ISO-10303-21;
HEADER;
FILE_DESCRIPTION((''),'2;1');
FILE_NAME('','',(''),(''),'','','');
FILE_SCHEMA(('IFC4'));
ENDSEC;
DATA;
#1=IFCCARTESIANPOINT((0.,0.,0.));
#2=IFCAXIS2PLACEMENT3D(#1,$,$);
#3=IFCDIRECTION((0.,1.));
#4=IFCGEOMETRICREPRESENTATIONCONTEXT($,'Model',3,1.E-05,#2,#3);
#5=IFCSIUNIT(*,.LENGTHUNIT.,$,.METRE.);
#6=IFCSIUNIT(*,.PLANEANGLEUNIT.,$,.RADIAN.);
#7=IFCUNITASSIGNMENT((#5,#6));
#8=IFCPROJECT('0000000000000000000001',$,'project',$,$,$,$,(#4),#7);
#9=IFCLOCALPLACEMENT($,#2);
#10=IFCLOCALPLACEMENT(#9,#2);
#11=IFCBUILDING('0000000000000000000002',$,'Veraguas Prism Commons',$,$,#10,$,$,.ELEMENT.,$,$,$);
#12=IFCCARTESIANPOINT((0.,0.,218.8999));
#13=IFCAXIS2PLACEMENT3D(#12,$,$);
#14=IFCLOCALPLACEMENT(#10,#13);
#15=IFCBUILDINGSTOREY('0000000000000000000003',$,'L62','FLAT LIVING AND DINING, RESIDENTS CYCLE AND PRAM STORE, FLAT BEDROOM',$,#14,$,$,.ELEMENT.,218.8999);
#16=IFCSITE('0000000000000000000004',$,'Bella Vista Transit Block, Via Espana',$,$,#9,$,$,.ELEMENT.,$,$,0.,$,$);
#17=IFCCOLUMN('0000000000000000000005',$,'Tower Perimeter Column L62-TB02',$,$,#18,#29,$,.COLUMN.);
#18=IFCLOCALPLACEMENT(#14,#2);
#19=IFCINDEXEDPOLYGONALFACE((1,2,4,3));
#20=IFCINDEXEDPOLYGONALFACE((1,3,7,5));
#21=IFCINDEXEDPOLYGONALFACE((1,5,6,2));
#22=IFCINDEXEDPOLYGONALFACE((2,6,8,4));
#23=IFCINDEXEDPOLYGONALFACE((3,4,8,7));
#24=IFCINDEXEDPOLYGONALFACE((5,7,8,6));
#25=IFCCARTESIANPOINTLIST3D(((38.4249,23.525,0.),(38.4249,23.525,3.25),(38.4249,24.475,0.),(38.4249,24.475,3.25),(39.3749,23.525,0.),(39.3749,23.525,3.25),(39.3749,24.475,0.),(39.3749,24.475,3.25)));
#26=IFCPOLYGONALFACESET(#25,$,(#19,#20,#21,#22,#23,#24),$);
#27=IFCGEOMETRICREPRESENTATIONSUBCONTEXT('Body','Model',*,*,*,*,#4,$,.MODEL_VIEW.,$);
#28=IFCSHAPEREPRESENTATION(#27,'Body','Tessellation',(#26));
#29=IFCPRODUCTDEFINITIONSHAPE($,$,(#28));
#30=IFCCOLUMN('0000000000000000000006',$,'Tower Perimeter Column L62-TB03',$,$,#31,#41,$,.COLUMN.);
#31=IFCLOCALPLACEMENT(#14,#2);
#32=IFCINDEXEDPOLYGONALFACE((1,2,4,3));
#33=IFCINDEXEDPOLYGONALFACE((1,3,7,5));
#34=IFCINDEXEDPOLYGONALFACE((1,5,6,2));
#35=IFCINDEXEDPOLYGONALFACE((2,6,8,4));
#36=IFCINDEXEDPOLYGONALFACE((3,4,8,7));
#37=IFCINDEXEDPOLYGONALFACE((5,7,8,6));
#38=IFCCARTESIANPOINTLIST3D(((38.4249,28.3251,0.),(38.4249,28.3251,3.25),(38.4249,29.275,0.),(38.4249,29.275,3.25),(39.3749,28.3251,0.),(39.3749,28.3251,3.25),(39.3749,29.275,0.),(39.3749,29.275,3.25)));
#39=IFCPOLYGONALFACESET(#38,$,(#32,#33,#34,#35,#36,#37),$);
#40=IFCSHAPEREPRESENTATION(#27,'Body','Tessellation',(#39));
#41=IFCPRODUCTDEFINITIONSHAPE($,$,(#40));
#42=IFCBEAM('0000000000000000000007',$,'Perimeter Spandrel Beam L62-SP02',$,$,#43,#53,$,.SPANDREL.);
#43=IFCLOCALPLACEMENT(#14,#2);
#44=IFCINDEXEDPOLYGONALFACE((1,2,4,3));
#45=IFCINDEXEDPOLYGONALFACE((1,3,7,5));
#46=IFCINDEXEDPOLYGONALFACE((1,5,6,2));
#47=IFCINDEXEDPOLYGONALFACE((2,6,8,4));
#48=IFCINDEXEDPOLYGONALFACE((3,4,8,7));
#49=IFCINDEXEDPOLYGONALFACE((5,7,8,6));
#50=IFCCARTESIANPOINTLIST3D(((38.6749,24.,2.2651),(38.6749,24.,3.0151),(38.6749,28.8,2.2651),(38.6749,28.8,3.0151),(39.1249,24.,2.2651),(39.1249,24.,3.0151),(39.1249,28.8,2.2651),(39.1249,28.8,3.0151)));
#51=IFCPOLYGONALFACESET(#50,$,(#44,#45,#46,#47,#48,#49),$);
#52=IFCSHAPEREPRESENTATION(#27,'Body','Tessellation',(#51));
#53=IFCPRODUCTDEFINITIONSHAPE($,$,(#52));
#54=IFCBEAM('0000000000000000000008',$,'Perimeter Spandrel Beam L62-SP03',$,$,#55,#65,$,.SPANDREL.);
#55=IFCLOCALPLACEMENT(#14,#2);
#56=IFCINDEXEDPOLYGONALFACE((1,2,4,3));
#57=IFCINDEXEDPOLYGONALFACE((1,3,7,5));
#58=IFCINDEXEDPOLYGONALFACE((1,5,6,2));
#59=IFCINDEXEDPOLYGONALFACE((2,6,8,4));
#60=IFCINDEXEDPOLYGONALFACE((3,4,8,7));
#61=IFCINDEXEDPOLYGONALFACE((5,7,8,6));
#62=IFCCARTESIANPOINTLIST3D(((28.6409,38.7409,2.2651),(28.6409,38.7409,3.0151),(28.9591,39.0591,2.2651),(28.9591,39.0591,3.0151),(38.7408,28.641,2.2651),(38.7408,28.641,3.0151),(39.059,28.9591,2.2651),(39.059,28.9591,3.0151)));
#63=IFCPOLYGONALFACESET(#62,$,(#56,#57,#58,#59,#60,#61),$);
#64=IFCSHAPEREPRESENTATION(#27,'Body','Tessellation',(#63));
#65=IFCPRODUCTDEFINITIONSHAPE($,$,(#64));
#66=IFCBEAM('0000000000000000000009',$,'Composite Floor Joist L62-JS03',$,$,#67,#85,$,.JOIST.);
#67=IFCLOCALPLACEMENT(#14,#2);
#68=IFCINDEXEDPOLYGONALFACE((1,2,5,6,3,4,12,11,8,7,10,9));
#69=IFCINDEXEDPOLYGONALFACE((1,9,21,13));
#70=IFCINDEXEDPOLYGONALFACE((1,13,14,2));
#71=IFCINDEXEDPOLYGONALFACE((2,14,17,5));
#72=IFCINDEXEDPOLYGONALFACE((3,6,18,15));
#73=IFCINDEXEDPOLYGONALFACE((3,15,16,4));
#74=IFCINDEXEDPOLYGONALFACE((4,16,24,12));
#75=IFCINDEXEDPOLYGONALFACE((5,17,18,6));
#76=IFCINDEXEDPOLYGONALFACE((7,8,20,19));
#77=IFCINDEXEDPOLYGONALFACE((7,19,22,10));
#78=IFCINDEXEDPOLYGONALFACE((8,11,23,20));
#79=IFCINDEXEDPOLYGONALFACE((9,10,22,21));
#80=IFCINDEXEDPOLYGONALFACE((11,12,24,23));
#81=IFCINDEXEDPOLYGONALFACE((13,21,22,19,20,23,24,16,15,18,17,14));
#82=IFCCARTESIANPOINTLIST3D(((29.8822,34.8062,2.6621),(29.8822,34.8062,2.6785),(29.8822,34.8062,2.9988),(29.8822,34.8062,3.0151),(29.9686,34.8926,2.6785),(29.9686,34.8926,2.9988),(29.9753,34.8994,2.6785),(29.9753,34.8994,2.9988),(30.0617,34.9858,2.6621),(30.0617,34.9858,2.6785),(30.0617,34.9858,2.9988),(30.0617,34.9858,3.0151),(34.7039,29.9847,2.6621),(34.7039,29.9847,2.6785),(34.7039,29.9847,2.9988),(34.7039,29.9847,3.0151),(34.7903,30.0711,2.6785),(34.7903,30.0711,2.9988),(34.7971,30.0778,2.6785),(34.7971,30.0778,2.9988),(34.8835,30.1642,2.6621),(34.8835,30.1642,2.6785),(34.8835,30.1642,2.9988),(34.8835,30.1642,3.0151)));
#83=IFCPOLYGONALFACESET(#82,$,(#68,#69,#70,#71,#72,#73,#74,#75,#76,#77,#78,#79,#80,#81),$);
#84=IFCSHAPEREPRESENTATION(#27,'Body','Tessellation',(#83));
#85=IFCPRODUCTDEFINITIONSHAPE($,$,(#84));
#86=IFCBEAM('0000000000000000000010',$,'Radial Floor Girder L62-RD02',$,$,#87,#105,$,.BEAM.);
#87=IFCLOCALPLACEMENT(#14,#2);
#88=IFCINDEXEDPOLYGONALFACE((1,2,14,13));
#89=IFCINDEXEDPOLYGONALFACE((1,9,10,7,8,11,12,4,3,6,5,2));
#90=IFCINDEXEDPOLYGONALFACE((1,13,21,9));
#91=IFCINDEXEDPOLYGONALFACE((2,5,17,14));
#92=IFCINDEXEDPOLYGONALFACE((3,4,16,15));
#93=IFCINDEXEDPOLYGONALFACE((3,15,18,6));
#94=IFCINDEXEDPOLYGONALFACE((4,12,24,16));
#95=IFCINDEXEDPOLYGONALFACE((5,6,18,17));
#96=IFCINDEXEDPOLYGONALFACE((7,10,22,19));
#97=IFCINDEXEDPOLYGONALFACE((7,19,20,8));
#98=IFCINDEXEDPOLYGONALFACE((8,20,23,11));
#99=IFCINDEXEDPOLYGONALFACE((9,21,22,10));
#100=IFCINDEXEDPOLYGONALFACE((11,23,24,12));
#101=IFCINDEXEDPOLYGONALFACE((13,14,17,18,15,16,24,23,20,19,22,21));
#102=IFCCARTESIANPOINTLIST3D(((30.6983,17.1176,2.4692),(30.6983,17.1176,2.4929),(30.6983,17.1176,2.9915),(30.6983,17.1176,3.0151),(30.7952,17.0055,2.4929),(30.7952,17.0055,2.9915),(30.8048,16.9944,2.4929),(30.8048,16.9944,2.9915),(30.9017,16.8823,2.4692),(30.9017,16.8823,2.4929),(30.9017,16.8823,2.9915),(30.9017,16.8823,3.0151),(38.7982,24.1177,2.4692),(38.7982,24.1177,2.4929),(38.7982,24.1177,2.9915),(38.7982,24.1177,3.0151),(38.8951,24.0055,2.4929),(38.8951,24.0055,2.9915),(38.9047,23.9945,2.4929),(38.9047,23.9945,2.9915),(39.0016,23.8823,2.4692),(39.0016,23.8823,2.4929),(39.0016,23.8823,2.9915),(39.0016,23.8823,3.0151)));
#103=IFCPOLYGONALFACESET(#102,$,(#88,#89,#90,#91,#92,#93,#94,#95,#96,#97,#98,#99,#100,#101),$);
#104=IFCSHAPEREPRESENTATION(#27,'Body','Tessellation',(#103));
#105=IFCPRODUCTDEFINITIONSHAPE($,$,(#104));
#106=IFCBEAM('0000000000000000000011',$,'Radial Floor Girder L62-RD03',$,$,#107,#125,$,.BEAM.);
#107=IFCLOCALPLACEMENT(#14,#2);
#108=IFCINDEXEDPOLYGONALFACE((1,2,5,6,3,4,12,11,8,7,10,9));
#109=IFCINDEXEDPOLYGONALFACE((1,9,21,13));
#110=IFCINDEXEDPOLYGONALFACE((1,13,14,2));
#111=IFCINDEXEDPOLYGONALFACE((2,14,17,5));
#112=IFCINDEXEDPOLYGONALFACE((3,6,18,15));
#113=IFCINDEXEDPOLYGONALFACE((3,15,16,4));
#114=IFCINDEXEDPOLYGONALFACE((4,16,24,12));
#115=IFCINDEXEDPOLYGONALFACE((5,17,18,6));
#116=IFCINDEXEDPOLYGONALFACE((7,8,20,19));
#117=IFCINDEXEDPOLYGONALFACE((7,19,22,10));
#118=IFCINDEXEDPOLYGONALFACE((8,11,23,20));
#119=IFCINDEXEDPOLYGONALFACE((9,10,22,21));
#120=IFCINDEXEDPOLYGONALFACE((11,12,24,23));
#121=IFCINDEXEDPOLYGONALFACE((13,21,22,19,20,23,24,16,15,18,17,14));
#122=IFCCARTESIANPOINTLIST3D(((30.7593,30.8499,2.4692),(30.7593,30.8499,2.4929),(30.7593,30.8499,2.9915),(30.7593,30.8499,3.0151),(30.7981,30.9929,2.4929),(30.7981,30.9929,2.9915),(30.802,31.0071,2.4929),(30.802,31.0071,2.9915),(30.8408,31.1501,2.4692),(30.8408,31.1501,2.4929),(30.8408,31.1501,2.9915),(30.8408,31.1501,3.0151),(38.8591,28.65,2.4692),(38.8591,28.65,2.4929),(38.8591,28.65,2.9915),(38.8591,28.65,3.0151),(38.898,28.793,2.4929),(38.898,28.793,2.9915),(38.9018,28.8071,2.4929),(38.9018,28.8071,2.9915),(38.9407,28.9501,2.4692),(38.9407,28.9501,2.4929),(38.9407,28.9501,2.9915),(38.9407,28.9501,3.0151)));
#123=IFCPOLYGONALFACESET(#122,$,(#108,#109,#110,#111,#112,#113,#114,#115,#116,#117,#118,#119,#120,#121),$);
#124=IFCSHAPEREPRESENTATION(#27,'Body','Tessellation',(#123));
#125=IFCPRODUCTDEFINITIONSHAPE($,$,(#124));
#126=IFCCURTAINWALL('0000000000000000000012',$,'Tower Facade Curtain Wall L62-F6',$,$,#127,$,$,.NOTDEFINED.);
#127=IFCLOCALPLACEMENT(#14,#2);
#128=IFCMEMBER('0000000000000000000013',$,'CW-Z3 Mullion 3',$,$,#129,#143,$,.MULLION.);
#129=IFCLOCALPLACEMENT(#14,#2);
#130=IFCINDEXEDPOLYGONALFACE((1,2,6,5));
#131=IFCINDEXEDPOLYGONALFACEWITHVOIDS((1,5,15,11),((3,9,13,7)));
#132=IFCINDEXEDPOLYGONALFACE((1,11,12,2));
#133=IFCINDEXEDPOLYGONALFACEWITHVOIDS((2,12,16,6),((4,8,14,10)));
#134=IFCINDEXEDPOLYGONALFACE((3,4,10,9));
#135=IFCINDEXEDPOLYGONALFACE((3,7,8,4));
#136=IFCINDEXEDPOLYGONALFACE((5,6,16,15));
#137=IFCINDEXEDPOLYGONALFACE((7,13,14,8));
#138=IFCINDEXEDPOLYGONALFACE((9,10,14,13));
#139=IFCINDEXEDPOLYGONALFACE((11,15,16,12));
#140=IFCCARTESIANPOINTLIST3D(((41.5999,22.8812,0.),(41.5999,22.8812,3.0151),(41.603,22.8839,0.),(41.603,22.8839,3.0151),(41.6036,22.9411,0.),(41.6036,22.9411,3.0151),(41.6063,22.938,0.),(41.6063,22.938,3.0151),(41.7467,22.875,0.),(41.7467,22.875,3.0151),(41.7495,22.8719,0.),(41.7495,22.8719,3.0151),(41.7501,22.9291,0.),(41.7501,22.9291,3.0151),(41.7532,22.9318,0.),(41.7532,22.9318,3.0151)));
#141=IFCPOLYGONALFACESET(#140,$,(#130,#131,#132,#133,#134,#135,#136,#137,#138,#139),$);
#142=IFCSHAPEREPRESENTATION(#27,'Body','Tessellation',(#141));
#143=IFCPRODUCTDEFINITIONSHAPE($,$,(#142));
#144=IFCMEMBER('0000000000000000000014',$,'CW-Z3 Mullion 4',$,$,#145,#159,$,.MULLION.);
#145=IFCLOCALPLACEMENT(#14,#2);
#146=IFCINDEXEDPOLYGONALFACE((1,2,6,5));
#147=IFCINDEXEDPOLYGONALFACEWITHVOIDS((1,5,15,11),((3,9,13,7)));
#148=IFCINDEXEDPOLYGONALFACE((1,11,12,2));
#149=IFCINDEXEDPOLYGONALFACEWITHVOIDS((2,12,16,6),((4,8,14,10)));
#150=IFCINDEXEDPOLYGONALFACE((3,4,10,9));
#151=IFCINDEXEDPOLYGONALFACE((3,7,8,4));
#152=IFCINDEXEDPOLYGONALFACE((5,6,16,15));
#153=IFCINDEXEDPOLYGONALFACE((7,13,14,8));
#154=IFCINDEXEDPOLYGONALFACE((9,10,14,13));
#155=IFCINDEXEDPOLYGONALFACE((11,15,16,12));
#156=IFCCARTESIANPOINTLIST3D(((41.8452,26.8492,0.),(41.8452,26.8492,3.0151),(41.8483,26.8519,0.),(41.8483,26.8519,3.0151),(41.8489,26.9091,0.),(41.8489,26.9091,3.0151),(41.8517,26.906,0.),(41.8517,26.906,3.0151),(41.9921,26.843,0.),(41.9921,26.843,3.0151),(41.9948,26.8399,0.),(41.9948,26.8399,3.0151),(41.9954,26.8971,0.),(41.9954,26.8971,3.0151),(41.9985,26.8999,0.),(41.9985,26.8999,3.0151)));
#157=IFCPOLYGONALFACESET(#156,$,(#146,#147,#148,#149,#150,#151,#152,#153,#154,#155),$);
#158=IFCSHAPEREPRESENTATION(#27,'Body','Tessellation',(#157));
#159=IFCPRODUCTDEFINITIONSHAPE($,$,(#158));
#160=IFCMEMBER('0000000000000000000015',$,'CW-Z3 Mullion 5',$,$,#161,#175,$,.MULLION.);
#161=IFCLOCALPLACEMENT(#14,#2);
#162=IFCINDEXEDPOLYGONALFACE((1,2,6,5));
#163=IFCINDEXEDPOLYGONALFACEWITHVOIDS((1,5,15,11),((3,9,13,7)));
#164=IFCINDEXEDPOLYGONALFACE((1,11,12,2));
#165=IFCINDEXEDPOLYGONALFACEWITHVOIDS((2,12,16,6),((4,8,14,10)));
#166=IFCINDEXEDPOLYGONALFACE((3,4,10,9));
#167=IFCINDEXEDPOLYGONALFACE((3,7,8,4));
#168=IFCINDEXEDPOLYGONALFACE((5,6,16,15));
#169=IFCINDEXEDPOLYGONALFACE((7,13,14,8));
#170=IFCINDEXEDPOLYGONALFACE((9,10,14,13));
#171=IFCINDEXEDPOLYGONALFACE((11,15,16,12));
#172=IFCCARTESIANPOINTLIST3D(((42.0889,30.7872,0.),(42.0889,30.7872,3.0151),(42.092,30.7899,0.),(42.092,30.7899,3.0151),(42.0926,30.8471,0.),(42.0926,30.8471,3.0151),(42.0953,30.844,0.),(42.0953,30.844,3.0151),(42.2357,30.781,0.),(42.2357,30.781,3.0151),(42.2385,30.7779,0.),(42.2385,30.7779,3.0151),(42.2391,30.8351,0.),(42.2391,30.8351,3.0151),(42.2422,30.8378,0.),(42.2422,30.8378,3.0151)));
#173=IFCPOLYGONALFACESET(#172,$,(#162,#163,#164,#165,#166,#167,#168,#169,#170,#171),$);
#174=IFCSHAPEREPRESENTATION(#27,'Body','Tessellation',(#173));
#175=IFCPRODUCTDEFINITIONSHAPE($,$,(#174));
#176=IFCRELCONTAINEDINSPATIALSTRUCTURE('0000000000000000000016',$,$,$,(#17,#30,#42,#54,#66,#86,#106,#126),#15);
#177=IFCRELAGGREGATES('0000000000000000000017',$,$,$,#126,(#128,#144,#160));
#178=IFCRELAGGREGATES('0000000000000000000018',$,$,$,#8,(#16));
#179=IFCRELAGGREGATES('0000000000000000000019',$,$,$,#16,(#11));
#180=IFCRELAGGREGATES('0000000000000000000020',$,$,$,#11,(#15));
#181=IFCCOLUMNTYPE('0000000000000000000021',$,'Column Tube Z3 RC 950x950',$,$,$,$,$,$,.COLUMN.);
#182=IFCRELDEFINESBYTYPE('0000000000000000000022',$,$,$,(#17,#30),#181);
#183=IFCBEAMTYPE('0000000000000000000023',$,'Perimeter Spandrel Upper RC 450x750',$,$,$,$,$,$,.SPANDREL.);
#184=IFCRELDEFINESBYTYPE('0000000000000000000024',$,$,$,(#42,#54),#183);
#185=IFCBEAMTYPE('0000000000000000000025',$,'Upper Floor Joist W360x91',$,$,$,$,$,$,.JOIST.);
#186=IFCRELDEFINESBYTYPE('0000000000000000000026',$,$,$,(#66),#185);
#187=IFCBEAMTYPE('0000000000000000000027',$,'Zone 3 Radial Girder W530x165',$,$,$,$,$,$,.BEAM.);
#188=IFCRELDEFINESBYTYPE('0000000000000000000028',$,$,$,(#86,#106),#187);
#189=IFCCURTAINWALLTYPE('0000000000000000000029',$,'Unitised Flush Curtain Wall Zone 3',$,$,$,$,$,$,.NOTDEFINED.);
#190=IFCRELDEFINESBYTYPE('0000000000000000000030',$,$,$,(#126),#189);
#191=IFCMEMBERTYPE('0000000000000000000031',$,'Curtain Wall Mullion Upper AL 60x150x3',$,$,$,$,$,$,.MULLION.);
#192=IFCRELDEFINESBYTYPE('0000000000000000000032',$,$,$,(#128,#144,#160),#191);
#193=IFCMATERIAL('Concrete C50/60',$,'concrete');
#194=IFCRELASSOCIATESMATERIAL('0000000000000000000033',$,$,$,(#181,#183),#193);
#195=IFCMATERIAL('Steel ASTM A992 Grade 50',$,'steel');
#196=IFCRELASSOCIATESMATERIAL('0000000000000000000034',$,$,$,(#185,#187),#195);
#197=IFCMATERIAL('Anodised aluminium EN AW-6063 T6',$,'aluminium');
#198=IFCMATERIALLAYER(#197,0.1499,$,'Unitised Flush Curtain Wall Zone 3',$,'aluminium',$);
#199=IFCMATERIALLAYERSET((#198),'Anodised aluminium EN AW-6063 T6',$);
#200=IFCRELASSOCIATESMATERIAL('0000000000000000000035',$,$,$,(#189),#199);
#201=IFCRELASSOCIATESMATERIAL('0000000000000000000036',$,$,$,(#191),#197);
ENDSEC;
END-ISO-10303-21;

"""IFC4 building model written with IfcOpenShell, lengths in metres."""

from ifc_helpers import new_model, si_unit, direction, frame, origin, origin_2d, place, context, subcontext, project, spatial, rectangle, hollow_rectangle, i_section, extrude, source, transform, mapped, material, layer, layer_set, material_profile, profile_set, type_object, element, aggregate, save


model = new_model("IFC4")

# Units and contexts
model_context = context("Model", 3, precision=1e-05, world=origin(), true_north=direction((0.0, 1.0)))
body_context = subcontext(model_context, "Body", "Model", "MODEL_VIEW")
ifc_project = project(units=[si_unit("LENGTHUNIT", "METRE"), si_unit("PLANEANGLEUNIT", "RADIAN")], contexts=[model_context])

# Site, building, storey
site_placement = place(None, origin())
site = spatial("IfcSite", under=ifc_project, at=site_placement, Name="Bella Vista Transit Block, Via Espana", CompositionType="ELEMENT", RefElevation=0.0)
building_placement = place(site_placement, origin())
building = spatial("IfcBuilding", under=site, at=building_placement, Name="Veraguas Prism Commons", CompositionType="ELEMENT")
storey_placement = place(building_placement, frame((0.0, 0.0, 218.8999)))
storey = spatial("IfcBuildingStorey", under=building, at=storey_placement, Name="L62", Description="FLAT LIVING AND DINING, RESIDENTS CYCLE AND PRAM STORE, FLAT BEDROOM", CompositionType="ELEMENT", Elevation=218.8999)

# Columns
ifc_material_1 = material(Name="Concrete C50/60", Category="concrete")
ifc_material_profile_1 = material_profile(ifc_material_1, rectangle(XDim=0.95, YDim=0.95, at=origin_2d()), Name="RC950X950")
ifc_profile_set_1 = profile_set([ifc_material_profile_1], Name="Concrete C50/60")
column_type = type_object("IfcColumnType", Name="Column Tube Z3 RC 950x950", PredefinedType="COLUMN", material=ifc_profile_set_1)
for number, where, z_axis, x_axis, name in (
    (1, (38.8999, 24.0, 0.0), (0.0, 0.0, 1.0), (1.0, 0.0, 0.0), "Tower Perimeter Column L62-TB02"),
    (2, (38.8999, 28.8, 0.0), (0.0, 0.0, 1.0), (1.0, 0.0, 0.0), "Tower Perimeter Column L62-TB03"),
):
    element("IfcColumn", number, at=place(storey_placement, frame(where, z_axis=z_axis, x_axis=x_axis)), inside=storey, type_object=column_type, Name=name, PredefinedType="COLUMN", context=body_context, shape_type="SweptSolid", body=[
        extrude(rectangle(XDim=0.95, YDim=0.95, at=origin_2d()), origin(), (0.0, 0.0, 1.0), 3.25),
    ])

# Beams
ifc_material_profile_2 = material_profile(ifc_material_1, rectangle(XDim=0.45, YDim=0.75, at=origin_2d()), Name="RC450X750")
ifc_profile_set_2 = profile_set([ifc_material_profile_2], Name="Concrete C50/60")
beam_type_1 = type_object("IfcBeamType", Name="Perimeter Spandrel Upper RC 450x750", PredefinedType="SPANDREL", material=ifc_profile_set_2)
beam_1_placement = place(storey_placement, frame((38.8999, 24.0, 2.6401), z_axis=(0.0, 1.0, 0.0), x_axis=(-1.0, 0.0, 0.0)))
element("IfcBeam", 3, at=beam_1_placement, inside=storey, type_object=beam_type_1, Name="Perimeter Spandrel Beam L62-SP02", PredefinedType="SPANDREL", context=body_context, shape_type="SweptSolid", body=[
    extrude(rectangle(XDim=0.45, YDim=0.75, at=origin_2d()), origin(), (0.0, 0.0, 1.0), 4.8),
])
beam_2_placement = place(storey_placement, frame((38.8999, 28.8, 2.6401), z_axis=(-0.707107, 0.707107, 0.0), x_axis=(-0.707107, -0.707107, 0.0)))
element("IfcBeam", 4, at=beam_2_placement, inside=storey, type_object=beam_type_1, Name="Perimeter Spandrel Beam L62-SP03", PredefinedType="SPANDREL", context=body_context, shape_type="SweptSolid", body=[
    extrude(rectangle(XDim=0.45, YDim=0.75, at=origin_2d()), origin(), (0.0, 0.0, 1.0), 14.2834),
])
ifc_material_2 = material(Name="Steel ASTM A992 Grade 50", Category="steel")
ifc_material_profile_3 = material_profile(ifc_material_2, i_section(OverallWidth=0.2539, OverallDepth=0.353, WebThickness=0.0095, FlangeThickness=0.0164, at=origin_2d()), Name="W360X91")
ifc_profile_set_3 = profile_set([ifc_material_profile_3], Name="Steel ASTM A992 Grade 50")
beam_type_2 = type_object("IfcBeamType", Name="Upper Floor Joist W360x91", PredefinedType="JOIST", material=ifc_profile_set_3)
beam_3_placement = place(storey_placement, frame((34.7937, 30.0745, 2.8386), z_axis=(-0.707125, 0.707089, 0.0), x_axis=(-0.707089, -0.707125, 0.0)))
element("IfcBeam", 5, at=beam_3_placement, inside=storey, type_object=beam_type_2, Name="Composite Floor Joist L62-JS03", PredefinedType="JOIST", context=body_context, shape_type="SweptSolid", body=[
    extrude(i_section(OverallWidth=0.2539, OverallDepth=0.353, WebThickness=0.0095, FlangeThickness=0.0164, at=origin_2d()), origin(), (0.0, 0.0, 1.0), 6.8188),
])
ifc_material_profile_4 = material_profile(ifc_material_2, i_section(OverallWidth=0.311, OverallDepth=0.5459, WebThickness=0.0146, FlangeThickness=0.0237, at=origin_2d()), Name="W530X165")
ifc_profile_set_4 = profile_set([ifc_material_profile_4], Name="Steel ASTM A992 Grade 50")
beam_type_3 = type_object("IfcBeamType", Name="Zone 3 Radial Girder W530x165", PredefinedType="BEAM", material=ifc_profile_set_4)
beam_4_placement = place(storey_placement, frame((38.8999, 24.0, 2.7422), z_axis=(-0.756607, -0.65387, 0.0), x_axis=(0.65387, -0.756607, 0.0)))
element("IfcBeam", 6, at=beam_4_placement, inside=storey, type_object=beam_type_3, Name="Radial Floor Girder L62-RD02", PredefinedType="BEAM", context=body_context, shape_type="SweptSolid", body=[
    extrude(i_section(OverallWidth=0.311, OverallDepth=0.5459, WebThickness=0.0146, FlangeThickness=0.0237, at=origin_2d()), origin(), (0.0, 0.0, 1.0), 10.7056),
])
beam_5_placement = place(storey_placement, frame((38.8999, 28.8, 2.7422), z_axis=(-0.965039, 0.262108, 0.0), x_axis=(-0.262108, -0.965039, 0.0)))
element("IfcBeam", 7, at=beam_5_placement, inside=storey, type_object=beam_type_3, Name="Radial Floor Girder L62-RD03", PredefinedType="BEAM", context=body_context, shape_type="SweptSolid", body=[
    extrude(i_section(OverallWidth=0.311, OverallDepth=0.5459, WebThickness=0.0146, FlangeThickness=0.0237, at=origin_2d()), origin(), (0.0, 0.0, 1.0), 8.3933),
])

# Curtain wall, members
ifc_material_3 = material(Name="Anodised aluminium EN AW-6063 T6", Category="aluminium")
ifc_layer_1 = layer(ifc_material_3, 0.1499, Name="Unitised Flush Curtain Wall Zone 3", Category="aluminium")
ifc_layer_set_1 = layer_set([ifc_layer_1], Name="Anodised aluminium EN AW-6063 T6")
curtain_wall_type = type_object("IfcCurtainWallType", Name="Unitised Flush Curtain Wall Zone 3", PredefinedType="NOTDEFINED", material=ifc_layer_set_1)
curtain_wall_placement = place(storey_placement, origin())
curtain_wall = element("IfcCurtainWall", 8, at=curtain_wall_placement, inside=storey, type_object=curtain_wall_type, Name="Tower Facade Curtain Wall L62-F6", PredefinedType="NOTDEFINED")
ifc_material_profile_5 = material_profile(ifc_material_3, hollow_rectangle(XDim=0.0601, YDim=0.1499, WallThickness=0.0029, at=origin_2d()), Name="AL60X150X3")
ifc_profile_set_5 = profile_set([ifc_material_profile_5], Name="Anodised aluminium EN AW-6063 T6")
member_type = type_object("IfcMemberType", Name="Curtain Wall Mullion Upper AL 60x150x3", PredefinedType="MULLION", material=ifc_profile_set_5)
shared_shape_1 = source(origin(), body_context, "Body", "SweptSolid", [
    extrude(hollow_rectangle(XDim=0.0601, YDim=0.1499, WallThickness=0.0029, at=origin_2d()), origin(), (0.0, 0.0, 1.0), 3.0151),
])
member_1_placement = place(storey_placement, frame((41.6765, 22.9065, 0.0), z_axis=(0.0, 0.0, 1.0), x_axis=(0.061745, 0.998092, 0.0)))
member_1 = element("IfcMember", 9, at=member_1_placement, type_object=member_type, Name="CW-Z3 Mullion 3", PredefinedType="MULLION", context=body_context, shape_type="MappedRepresentation", body=[
    mapped(shared_shape_1, transform((0.0, 0.0, 0.0), scale=1.0)),
])
member_2_placement = place(storey_placement, frame((41.9219, 26.8745, 0.0), z_axis=(0.0, 0.0, 1.0), x_axis=(0.061745, 0.998092, 0.0)))
member_2 = element("IfcMember", 10, at=member_2_placement, type_object=member_type, Name="CW-Z3 Mullion 4", PredefinedType="MULLION", context=body_context, shape_type="MappedRepresentation", body=[
    mapped(shared_shape_1, transform((0.0, 0.0, 0.0), scale=1.0)),
])
member_3_placement = place(storey_placement, frame((42.1655, 30.8125, 0.0), z_axis=(0.0, 0.0, 1.0), x_axis=(0.061745, 0.998092, 0.0)))
member_3 = element("IfcMember", 11, at=member_3_placement, type_object=member_type, Name="CW-Z3 Mullion 5", PredefinedType="MULLION", context=body_context, shape_type="MappedRepresentation", body=[
    mapped(shared_shape_1, transform((0.0, 0.0, 0.0), scale=1.0)),
])
aggregate(curtain_wall, [member_1, member_2, member_3])

save(model, "model.ifc")
